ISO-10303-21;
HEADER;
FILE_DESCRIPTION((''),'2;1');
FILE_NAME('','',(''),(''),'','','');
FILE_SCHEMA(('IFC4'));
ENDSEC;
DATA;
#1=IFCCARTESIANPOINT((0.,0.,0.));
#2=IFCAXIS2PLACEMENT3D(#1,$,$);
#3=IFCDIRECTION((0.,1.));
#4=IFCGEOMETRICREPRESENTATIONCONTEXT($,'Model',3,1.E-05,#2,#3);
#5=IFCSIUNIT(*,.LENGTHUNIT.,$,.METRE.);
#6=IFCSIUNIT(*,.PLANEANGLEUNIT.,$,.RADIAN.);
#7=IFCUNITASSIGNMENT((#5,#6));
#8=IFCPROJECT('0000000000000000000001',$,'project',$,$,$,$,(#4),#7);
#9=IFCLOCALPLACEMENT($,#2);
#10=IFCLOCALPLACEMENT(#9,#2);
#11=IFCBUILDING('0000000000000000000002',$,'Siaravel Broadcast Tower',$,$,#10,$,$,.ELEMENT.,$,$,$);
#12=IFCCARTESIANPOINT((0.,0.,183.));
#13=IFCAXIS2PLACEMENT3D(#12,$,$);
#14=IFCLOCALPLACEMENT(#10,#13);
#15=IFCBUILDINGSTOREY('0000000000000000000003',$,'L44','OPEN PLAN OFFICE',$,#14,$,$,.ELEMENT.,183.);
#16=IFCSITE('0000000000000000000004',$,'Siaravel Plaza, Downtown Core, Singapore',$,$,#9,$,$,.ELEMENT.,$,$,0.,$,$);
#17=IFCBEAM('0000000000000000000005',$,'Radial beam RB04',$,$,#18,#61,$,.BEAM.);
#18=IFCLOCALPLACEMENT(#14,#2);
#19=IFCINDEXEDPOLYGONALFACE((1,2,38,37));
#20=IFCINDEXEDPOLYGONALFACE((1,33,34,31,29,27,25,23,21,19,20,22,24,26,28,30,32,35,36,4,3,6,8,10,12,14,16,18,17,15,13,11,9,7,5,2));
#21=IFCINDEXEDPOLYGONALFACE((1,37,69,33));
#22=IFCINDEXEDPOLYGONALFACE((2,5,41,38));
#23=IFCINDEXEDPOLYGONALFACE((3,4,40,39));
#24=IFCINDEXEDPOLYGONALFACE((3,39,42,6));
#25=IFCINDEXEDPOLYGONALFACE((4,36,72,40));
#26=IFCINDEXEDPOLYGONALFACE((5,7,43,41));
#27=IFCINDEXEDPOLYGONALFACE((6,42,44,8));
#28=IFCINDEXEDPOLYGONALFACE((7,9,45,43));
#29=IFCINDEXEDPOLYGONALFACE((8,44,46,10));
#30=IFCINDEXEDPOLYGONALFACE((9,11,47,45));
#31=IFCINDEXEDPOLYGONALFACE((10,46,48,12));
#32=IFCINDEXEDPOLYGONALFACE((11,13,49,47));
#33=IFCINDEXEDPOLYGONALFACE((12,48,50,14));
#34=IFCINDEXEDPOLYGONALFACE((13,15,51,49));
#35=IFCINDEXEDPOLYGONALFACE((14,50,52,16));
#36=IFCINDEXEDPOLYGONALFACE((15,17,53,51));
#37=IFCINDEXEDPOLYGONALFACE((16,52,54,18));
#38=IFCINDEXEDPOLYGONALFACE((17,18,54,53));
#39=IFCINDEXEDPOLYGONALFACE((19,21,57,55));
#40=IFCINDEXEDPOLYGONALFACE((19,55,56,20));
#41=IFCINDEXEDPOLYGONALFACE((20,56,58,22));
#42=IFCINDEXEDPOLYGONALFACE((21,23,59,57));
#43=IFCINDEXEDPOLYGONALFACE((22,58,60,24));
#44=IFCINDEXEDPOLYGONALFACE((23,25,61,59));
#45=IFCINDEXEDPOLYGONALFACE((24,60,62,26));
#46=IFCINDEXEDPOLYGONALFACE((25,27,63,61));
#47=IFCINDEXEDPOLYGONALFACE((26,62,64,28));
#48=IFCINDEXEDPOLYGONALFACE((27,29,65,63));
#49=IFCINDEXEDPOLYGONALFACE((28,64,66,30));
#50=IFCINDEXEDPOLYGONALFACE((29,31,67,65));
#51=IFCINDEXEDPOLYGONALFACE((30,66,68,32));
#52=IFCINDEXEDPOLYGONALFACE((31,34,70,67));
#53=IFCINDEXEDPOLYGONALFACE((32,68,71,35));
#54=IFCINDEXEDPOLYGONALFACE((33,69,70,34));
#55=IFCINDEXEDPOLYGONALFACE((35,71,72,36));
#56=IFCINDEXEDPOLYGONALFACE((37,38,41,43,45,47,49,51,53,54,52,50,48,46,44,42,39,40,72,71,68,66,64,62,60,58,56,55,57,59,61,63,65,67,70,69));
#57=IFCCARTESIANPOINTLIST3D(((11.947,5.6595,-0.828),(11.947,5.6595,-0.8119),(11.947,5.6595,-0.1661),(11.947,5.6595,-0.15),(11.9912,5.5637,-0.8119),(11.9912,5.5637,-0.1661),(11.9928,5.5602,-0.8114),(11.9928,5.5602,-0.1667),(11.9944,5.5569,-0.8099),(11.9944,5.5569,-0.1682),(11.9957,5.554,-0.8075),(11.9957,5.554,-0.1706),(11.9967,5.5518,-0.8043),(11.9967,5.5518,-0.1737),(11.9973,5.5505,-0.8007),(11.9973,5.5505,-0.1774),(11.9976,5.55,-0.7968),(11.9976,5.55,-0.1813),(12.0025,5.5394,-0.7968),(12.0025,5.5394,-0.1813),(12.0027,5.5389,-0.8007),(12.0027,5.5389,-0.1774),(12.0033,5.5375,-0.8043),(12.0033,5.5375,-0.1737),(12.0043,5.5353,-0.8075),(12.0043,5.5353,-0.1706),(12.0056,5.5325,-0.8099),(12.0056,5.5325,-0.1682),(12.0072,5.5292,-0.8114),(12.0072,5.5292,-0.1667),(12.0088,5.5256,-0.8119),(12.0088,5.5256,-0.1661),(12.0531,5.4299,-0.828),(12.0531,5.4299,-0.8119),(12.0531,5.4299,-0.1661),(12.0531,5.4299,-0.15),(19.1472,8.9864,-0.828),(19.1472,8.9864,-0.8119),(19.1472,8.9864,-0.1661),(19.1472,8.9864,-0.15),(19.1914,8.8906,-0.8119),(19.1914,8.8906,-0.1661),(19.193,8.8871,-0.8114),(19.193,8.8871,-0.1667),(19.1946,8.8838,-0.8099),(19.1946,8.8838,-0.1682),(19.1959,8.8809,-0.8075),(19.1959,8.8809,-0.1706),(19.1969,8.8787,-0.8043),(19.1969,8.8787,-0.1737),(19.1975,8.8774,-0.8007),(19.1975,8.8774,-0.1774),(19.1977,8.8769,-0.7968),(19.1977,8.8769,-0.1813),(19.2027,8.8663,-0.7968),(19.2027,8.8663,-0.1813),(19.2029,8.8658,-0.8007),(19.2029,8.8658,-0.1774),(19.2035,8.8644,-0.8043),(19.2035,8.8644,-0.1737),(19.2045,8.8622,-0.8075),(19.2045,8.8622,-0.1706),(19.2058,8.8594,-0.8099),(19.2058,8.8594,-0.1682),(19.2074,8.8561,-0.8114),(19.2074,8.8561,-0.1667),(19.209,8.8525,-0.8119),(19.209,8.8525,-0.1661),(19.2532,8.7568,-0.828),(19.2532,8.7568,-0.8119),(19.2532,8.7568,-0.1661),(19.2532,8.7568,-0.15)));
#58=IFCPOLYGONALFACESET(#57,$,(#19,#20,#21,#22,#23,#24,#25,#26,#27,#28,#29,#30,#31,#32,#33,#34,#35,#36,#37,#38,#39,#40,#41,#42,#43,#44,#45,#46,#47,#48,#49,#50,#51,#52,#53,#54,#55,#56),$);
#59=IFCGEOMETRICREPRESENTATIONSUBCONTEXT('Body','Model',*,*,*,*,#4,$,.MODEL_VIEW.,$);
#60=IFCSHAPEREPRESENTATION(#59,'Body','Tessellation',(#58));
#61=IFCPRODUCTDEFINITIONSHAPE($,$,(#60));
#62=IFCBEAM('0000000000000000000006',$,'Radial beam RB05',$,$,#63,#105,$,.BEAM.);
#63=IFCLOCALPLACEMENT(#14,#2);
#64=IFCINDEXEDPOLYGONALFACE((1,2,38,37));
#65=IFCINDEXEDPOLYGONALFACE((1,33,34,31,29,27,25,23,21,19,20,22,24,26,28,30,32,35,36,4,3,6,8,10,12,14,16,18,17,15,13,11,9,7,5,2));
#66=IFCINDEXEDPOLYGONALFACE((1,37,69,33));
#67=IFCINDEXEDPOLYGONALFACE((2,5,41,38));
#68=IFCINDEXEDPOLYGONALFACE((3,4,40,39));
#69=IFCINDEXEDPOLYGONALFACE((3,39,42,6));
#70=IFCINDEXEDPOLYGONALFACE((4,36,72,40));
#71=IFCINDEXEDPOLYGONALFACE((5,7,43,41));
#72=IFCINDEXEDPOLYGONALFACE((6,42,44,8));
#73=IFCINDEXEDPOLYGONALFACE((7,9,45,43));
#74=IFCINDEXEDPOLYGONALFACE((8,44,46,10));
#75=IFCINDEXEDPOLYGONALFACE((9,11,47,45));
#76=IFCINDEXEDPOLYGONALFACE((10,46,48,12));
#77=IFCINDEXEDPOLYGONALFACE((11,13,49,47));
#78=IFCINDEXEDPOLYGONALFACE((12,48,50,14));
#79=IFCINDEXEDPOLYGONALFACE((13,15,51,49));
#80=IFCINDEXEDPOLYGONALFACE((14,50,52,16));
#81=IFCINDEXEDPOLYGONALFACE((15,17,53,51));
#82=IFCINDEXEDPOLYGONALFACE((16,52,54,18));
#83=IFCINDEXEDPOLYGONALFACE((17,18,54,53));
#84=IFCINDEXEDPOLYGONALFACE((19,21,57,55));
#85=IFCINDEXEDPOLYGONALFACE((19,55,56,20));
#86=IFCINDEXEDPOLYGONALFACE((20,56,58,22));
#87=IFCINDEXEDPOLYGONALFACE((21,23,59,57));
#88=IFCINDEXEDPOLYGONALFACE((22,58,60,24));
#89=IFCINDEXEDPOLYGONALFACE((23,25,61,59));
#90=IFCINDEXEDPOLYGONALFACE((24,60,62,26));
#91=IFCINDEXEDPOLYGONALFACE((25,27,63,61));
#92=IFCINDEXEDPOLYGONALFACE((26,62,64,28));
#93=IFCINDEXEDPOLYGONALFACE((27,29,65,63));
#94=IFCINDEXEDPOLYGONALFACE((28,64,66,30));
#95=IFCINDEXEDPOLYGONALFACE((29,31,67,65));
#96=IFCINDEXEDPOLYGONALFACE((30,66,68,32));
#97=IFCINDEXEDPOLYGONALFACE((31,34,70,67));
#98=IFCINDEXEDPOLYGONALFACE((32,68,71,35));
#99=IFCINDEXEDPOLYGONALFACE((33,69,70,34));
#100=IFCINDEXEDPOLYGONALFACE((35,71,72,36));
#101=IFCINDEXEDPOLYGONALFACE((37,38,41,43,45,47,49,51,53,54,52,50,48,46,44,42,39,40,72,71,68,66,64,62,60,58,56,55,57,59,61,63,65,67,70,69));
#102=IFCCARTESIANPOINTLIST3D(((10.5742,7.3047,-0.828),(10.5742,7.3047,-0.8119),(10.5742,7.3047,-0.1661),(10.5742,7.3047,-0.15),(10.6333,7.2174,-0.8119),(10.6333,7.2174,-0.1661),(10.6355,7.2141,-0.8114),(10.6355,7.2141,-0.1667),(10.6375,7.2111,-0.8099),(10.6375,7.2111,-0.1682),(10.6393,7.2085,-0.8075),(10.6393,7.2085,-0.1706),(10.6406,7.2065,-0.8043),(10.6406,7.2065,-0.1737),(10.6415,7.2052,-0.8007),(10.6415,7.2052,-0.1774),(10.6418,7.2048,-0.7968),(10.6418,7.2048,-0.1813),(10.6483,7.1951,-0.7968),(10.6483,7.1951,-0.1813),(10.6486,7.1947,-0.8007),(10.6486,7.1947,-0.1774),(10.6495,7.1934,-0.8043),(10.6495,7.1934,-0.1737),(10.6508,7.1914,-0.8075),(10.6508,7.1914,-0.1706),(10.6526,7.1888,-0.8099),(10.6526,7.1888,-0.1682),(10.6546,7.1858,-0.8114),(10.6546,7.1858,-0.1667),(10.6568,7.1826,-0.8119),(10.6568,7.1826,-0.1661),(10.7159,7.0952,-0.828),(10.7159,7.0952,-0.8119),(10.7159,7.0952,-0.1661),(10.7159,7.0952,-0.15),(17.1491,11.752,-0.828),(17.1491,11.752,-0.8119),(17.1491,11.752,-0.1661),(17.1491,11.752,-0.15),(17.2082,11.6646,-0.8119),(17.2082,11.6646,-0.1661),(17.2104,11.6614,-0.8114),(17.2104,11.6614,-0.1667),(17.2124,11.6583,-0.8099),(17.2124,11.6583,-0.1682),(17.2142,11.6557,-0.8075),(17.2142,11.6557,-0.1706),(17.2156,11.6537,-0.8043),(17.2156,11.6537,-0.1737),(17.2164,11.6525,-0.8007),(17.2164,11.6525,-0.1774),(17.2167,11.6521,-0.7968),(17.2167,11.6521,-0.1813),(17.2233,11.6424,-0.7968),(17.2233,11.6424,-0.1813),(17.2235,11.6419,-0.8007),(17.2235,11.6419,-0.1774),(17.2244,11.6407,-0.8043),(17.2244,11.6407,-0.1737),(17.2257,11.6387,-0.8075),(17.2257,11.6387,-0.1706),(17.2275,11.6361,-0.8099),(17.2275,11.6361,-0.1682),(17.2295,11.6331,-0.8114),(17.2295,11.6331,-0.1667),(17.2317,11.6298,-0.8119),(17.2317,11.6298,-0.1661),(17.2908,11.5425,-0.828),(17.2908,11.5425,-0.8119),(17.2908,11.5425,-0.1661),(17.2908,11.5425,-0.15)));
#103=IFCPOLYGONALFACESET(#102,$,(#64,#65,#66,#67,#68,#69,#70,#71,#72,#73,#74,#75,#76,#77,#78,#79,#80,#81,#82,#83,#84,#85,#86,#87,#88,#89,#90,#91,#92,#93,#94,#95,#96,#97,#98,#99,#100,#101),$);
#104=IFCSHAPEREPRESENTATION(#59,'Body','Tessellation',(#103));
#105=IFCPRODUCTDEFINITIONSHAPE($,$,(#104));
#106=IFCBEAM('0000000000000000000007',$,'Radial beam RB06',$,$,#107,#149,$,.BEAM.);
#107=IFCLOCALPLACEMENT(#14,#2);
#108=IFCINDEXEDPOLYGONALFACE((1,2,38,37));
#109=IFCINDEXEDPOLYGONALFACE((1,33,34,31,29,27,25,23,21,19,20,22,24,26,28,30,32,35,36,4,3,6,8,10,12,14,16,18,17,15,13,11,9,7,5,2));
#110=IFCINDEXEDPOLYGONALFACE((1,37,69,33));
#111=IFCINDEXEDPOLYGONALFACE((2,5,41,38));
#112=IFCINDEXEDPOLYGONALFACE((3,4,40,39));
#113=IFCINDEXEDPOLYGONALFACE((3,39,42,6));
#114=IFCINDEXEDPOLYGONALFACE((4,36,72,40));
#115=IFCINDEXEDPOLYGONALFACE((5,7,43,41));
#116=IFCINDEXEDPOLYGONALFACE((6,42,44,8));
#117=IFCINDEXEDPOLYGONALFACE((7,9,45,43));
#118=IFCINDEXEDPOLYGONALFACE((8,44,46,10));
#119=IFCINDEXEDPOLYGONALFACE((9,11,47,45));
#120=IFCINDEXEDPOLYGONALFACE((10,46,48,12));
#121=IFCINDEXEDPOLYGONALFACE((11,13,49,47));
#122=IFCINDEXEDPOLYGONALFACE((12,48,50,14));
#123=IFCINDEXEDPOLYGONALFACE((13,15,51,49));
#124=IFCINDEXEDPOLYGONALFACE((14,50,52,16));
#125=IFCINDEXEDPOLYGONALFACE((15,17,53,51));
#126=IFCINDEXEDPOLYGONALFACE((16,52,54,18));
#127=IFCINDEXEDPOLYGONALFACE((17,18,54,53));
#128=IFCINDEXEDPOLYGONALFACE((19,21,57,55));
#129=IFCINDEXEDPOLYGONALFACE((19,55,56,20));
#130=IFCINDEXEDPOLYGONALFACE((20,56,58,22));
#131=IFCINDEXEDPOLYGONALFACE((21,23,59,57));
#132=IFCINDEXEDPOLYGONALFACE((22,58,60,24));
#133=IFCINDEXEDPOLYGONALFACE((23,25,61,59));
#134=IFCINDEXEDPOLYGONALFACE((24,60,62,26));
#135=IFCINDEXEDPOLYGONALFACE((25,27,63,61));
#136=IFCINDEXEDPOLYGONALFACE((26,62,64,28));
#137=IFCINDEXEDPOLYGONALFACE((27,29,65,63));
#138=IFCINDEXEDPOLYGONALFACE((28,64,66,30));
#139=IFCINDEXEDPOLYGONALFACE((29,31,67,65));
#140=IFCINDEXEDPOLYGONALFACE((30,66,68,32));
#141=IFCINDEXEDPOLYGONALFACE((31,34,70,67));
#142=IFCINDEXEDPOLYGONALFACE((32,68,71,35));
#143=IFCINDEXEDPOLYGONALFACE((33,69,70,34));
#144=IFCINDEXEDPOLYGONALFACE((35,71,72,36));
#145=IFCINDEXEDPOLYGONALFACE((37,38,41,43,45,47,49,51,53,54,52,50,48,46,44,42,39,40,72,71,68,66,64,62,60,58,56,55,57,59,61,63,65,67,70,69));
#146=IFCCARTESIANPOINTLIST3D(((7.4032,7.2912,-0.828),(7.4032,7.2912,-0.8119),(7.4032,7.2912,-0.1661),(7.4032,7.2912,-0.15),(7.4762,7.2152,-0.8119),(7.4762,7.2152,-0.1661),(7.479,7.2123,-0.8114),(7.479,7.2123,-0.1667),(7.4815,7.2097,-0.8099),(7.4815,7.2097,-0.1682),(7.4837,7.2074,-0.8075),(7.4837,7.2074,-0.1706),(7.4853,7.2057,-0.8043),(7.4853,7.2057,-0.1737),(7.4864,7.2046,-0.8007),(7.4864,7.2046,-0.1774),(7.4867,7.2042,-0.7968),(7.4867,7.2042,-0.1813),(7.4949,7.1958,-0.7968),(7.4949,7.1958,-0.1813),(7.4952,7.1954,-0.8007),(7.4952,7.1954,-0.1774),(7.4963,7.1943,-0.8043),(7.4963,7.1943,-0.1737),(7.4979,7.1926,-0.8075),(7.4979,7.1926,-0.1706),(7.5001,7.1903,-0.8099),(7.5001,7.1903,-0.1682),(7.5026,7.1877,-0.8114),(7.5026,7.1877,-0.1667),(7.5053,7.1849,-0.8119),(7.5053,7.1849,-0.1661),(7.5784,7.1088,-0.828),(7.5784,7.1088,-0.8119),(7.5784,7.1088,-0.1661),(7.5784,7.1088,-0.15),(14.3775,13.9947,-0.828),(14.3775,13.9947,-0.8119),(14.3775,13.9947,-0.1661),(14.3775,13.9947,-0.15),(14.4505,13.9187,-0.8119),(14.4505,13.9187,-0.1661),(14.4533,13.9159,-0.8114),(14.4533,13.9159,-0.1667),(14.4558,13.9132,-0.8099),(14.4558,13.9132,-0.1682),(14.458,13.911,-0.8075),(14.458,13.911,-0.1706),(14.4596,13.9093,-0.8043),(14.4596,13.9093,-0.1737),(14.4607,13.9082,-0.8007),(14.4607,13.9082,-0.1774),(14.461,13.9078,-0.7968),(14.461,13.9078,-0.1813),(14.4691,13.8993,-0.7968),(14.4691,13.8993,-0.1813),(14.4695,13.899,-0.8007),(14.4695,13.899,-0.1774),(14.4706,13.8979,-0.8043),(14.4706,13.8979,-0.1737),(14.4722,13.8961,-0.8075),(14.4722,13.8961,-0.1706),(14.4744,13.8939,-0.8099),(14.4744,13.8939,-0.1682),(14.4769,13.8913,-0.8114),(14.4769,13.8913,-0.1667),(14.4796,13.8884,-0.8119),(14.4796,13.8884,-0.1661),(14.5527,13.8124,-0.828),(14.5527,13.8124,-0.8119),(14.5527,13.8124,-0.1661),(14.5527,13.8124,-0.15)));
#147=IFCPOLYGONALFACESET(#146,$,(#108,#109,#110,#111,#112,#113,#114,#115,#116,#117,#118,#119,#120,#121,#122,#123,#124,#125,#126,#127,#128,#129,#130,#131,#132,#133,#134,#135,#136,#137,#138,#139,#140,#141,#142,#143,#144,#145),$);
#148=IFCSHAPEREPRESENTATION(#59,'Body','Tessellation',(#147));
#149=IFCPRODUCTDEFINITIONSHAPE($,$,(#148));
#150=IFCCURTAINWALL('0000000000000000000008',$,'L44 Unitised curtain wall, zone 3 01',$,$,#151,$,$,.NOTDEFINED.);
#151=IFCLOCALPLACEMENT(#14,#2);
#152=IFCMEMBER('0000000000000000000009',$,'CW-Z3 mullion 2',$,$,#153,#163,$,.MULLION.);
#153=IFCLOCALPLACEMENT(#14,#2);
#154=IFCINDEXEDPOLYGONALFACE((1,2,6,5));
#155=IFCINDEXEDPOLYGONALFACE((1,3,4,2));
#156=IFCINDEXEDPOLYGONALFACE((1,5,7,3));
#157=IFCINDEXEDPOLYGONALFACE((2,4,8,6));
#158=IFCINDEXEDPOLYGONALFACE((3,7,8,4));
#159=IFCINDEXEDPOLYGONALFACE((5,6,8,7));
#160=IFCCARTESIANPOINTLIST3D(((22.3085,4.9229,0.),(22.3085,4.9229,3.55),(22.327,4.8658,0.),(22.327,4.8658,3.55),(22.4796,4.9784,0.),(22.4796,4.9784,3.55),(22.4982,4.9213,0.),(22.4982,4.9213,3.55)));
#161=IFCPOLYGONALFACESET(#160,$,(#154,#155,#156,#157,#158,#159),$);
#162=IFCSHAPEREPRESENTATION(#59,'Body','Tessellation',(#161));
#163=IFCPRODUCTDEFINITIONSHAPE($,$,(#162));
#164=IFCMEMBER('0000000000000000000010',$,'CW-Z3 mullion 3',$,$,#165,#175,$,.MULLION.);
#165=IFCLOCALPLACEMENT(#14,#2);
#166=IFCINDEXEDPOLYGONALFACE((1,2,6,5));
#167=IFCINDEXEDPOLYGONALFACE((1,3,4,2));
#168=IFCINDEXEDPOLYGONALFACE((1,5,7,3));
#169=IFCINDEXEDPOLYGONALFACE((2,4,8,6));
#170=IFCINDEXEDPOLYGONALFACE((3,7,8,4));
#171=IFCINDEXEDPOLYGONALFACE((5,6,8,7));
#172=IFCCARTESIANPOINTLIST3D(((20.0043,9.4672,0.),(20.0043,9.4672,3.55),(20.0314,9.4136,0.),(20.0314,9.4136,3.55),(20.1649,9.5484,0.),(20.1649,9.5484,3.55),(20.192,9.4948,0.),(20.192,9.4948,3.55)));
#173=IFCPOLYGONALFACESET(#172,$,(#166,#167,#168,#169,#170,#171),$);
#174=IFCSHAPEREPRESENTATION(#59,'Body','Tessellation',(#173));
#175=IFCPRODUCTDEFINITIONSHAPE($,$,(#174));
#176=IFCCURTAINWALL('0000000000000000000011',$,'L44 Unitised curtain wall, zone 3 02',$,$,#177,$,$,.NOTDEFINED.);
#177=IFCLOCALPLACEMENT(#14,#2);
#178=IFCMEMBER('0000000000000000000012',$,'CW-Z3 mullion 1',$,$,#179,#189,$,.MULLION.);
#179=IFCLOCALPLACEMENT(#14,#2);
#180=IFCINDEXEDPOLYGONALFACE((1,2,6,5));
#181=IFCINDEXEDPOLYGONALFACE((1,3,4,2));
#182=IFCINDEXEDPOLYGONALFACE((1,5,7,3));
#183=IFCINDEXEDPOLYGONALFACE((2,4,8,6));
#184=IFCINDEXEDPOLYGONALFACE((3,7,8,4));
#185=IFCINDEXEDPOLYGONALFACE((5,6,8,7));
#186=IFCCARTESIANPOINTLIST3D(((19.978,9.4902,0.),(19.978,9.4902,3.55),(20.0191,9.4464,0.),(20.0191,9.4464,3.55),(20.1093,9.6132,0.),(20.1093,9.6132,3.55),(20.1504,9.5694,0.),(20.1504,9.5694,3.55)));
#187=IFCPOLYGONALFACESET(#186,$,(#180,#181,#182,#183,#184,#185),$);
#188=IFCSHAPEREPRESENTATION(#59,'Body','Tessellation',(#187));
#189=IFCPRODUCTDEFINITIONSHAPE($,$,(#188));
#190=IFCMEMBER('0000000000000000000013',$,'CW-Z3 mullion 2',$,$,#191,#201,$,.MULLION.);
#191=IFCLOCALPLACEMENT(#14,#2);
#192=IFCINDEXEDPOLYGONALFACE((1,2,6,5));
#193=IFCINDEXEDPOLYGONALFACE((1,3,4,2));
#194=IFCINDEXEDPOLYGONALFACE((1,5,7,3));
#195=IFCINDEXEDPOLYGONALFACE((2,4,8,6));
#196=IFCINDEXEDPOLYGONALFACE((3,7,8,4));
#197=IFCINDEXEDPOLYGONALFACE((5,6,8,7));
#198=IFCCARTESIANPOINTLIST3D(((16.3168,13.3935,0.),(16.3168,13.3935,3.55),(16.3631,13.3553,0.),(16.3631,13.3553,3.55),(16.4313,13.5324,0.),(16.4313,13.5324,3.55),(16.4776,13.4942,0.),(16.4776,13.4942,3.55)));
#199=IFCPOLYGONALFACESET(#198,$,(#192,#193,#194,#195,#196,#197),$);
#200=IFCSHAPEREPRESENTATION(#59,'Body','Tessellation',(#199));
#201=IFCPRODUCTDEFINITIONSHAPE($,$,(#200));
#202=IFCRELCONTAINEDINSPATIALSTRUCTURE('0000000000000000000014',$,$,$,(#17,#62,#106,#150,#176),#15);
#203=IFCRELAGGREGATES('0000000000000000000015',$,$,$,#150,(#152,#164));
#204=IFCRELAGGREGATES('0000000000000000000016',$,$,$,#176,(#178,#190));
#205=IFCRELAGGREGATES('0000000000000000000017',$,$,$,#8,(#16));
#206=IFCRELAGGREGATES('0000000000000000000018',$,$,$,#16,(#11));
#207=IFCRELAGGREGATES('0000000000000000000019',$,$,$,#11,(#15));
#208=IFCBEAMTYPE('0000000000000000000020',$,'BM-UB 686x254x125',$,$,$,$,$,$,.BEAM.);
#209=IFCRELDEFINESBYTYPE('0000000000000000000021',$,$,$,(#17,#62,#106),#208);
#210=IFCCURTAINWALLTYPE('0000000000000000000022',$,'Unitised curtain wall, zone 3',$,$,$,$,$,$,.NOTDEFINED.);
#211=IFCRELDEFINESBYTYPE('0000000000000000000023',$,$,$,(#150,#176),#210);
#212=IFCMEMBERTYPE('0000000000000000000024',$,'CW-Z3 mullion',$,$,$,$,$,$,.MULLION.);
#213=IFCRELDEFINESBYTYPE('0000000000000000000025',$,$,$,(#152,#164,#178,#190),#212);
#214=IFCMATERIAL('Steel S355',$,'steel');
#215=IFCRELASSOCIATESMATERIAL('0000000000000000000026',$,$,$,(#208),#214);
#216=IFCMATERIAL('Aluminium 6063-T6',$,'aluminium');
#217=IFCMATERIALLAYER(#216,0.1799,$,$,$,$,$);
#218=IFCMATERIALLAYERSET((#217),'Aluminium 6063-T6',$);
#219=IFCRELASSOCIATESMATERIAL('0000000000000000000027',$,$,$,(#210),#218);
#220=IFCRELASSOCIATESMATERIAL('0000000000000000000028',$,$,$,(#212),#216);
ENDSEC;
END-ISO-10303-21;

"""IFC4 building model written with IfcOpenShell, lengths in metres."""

from ifc_helpers import new_model, si_unit, direction, frame, origin, origin_2d, place, context, subcontext, project, spatial, rectangle, i_section, extrude, material, layer, layer_set, material_profile, profile_set, type_object, element, aggregate, save


model = new_model("IFC4")

# Units and contexts
model_context = context("Model", 3, precision=1e-05, world=origin(), true_north=direction((0.0, 1.0)))
body_context = subcontext(model_context, "Body", "Model", "MODEL_VIEW")
ifc_project = project(units=[si_unit("LENGTHUNIT", "METRE"), si_unit("PLANEANGLEUNIT", "RADIAN")], contexts=[model_context])

# Site, building, storey
site_placement = place(None, origin())
site = spatial("IfcSite", under=ifc_project, at=site_placement, Name="Siaravel Plaza, Downtown Core, Singapore", CompositionType="ELEMENT", RefElevation=0.0)
building_placement = place(site_placement, origin())
building = spatial("IfcBuilding", under=site, at=building_placement, Name="Siaravel Broadcast Tower", CompositionType="ELEMENT")
storey_placement = place(building_placement, frame((0.0, 0.0, 183.0)))
storey = spatial("IfcBuildingStorey", under=building, at=storey_placement, Name="L44", Description="OPEN PLAN OFFICE", CompositionType="ELEMENT", Elevation=183.0)

# Beams
ifc_material_1 = material(Name="Steel S355", Category="steel")
ifc_material_profile_1 = material_profile(ifc_material_1, i_section(OverallWidth=0.2529, OverallDepth=0.678, WebThickness=0.0117, FlangeThickness=0.0161, FilletRadius=0.0151, at=origin_2d()))
ifc_profile_set_1 = profile_set([ifc_material_profile_1], Name="Steel S355")
beam_type = type_object("IfcBeamType", Name="BM-UB 686x254x125", PredefinedType="BEAM", material=ifc_profile_set_1)
beam_1_placement = place(storey_placement, frame((19.2002, 8.8716, -0.489), z_axis=(-0.90778, -0.419447, 0.0), x_axis=(0.419447, -0.90778, 0.0)))
element("IfcBeam", 1, at=beam_1_placement, inside=storey, type_object=beam_type, Name="Radial beam RB04", PredefinedType="BEAM", context=body_context, shape_type="SweptSolid", body=[
    extrude(i_section(OverallWidth=0.2529, OverallDepth=0.678, WebThickness=0.0117, FlangeThickness=0.0161, FilletRadius=0.0151, at=origin_2d()), origin(), (0.0, 0.0, 1.0), 7.9316),
])
beam_2_placement = place(storey_placement, frame((17.22, 11.6472, -0.489), z_axis=(-0.828312, -0.560267, 0.0), x_axis=(0.560267, -0.828312, 0.0)))
element("IfcBeam", 2, at=beam_2_placement, inside=storey, type_object=beam_type, Name="Radial beam RB05", PredefinedType="BEAM", context=body_context, shape_type="SweptSolid", body=[
    extrude(i_section(OverallWidth=0.2529, OverallDepth=0.678, WebThickness=0.0117, FlangeThickness=0.0161, FilletRadius=0.0151, at=origin_2d()), origin(), (0.0, 0.0, 1.0), 7.9377),
])
beam_3_placement = place(storey_placement, frame((14.4651, 13.9036, -0.489), z_axis=(-0.720963, -0.692974, 0.0), x_axis=(0.692974, -0.720963, 0.0)))
element("IfcBeam", 3, at=beam_3_placement, inside=storey, type_object=beam_type, Name="Radial beam RB06", PredefinedType="BEAM", context=body_context, shape_type="SweptSolid", body=[
    extrude(i_section(OverallWidth=0.2529, OverallDepth=0.678, WebThickness=0.0117, FlangeThickness=0.0161, FilletRadius=0.0151, at=origin_2d()), origin(), (0.0, 0.0, 1.0), 9.6736),
])

# Curtain walls, members
ifc_material_2 = material(Name="Aluminium 6063-T6", Category="aluminium")
ifc_layer_1 = layer(ifc_material_2, 0.1799)
ifc_layer_set_1 = layer_set([ifc_layer_1], Name="Aluminium 6063-T6")
curtain_wall_type = type_object("IfcCurtainWallType", Name="Unitised curtain wall, zone 3", PredefinedType="NOTDEFINED", material=ifc_layer_set_1)
curtain_wall_1_placement = place(storey_placement, origin())
curtain_wall_1 = element("IfcCurtainWall", 4, at=curtain_wall_1_placement, inside=storey, type_object=curtain_wall_type, Name="L44 Unitised curtain wall, zone 3 01", PredefinedType="NOTDEFINED")
ifc_material_profile_2 = material_profile(ifc_material_2, rectangle(XDim=0.1799, YDim=0.0601, at=origin_2d()))
ifc_profile_set_2 = profile_set([ifc_material_profile_2], Name="Aluminium 6063-T6")
member_type_1 = type_object("IfcMemberType", Name="CW-Z3 mullion", PredefinedType="MULLION", material=ifc_profile_set_2)
member_1_placement = place(storey_placement, frame((22.4033, 4.9221, 0.0), z_axis=(0.0, 0.0, 1.0), x_axis=(-0.951177, -0.308645, 0.0)))
member_1 = element("IfcMember", 5, at=member_1_placement, type_object=member_type_1, Name="CW-Z3 mullion 2", PredefinedType="MULLION", context=body_context, shape_type="SweptSolid", body=[
    extrude(rectangle(XDim=0.1799, YDim=0.0601, at=origin_2d()), origin(), (0.0, 0.0, 1.0), 3.55),
])
member_2_placement = place(storey_placement, frame((20.0981, 9.481, 0.0), z_axis=(0.0, 0.0, 1.0), x_axis=(-0.892392, -0.451261, 0.0)))
member_2 = element("IfcMember", 6, at=member_2_placement, type_object=member_type_1, Name="CW-Z3 mullion 3", PredefinedType="MULLION", context=body_context, shape_type="SweptSolid", body=[
    extrude(rectangle(XDim=0.1799, YDim=0.0601, at=origin_2d()), origin(), (0.0, 0.0, 1.0), 3.55),
])
curtain_wall_2_placement = place(storey_placement, origin())
curtain_wall_2 = element("IfcCurtainWall", 7, at=curtain_wall_2_placement, inside=storey, type_object=curtain_wall_type, Name="L44 Unitised curtain wall, zone 3 02", PredefinedType="NOTDEFINED")
member_3_placement = place(storey_placement, frame((20.0642, 9.5298, 0.0), z_axis=(0.0, 0.0, 1.0), x_axis=(-0.729805, -0.683655, 0.0)))
member_3 = element("IfcMember", 8, at=member_3_placement, type_object=member_type_1, Name="CW-Z3 mullion 1", PredefinedType="MULLION", context=body_context, shape_type="SweptSolid", body=[
    extrude(rectangle(XDim=0.1799, YDim=0.0601, at=origin_2d()), origin(), (0.0, 0.0, 1.0), 3.55),
])
member_4_placement = place(storey_placement, frame((16.3972, 13.4438, 0.0), z_axis=(0.0, 0.0, 1.0), x_axis=(-0.636218, -0.771509, 0.0)))
member_4 = element("IfcMember", 9, at=member_4_placement, type_object=member_type_1, Name="CW-Z3 mullion 2", PredefinedType="MULLION", context=body_context, shape_type="SweptSolid", body=[
    extrude(rectangle(XDim=0.1799, YDim=0.0601, at=origin_2d()), origin(), (0.0, 0.0, 1.0), 3.55),
])

aggregate(curtain_wall_1, [member_1, member_2])
aggregate(curtain_wall_2, [member_3, member_4])

save(model, "model.ifc")
